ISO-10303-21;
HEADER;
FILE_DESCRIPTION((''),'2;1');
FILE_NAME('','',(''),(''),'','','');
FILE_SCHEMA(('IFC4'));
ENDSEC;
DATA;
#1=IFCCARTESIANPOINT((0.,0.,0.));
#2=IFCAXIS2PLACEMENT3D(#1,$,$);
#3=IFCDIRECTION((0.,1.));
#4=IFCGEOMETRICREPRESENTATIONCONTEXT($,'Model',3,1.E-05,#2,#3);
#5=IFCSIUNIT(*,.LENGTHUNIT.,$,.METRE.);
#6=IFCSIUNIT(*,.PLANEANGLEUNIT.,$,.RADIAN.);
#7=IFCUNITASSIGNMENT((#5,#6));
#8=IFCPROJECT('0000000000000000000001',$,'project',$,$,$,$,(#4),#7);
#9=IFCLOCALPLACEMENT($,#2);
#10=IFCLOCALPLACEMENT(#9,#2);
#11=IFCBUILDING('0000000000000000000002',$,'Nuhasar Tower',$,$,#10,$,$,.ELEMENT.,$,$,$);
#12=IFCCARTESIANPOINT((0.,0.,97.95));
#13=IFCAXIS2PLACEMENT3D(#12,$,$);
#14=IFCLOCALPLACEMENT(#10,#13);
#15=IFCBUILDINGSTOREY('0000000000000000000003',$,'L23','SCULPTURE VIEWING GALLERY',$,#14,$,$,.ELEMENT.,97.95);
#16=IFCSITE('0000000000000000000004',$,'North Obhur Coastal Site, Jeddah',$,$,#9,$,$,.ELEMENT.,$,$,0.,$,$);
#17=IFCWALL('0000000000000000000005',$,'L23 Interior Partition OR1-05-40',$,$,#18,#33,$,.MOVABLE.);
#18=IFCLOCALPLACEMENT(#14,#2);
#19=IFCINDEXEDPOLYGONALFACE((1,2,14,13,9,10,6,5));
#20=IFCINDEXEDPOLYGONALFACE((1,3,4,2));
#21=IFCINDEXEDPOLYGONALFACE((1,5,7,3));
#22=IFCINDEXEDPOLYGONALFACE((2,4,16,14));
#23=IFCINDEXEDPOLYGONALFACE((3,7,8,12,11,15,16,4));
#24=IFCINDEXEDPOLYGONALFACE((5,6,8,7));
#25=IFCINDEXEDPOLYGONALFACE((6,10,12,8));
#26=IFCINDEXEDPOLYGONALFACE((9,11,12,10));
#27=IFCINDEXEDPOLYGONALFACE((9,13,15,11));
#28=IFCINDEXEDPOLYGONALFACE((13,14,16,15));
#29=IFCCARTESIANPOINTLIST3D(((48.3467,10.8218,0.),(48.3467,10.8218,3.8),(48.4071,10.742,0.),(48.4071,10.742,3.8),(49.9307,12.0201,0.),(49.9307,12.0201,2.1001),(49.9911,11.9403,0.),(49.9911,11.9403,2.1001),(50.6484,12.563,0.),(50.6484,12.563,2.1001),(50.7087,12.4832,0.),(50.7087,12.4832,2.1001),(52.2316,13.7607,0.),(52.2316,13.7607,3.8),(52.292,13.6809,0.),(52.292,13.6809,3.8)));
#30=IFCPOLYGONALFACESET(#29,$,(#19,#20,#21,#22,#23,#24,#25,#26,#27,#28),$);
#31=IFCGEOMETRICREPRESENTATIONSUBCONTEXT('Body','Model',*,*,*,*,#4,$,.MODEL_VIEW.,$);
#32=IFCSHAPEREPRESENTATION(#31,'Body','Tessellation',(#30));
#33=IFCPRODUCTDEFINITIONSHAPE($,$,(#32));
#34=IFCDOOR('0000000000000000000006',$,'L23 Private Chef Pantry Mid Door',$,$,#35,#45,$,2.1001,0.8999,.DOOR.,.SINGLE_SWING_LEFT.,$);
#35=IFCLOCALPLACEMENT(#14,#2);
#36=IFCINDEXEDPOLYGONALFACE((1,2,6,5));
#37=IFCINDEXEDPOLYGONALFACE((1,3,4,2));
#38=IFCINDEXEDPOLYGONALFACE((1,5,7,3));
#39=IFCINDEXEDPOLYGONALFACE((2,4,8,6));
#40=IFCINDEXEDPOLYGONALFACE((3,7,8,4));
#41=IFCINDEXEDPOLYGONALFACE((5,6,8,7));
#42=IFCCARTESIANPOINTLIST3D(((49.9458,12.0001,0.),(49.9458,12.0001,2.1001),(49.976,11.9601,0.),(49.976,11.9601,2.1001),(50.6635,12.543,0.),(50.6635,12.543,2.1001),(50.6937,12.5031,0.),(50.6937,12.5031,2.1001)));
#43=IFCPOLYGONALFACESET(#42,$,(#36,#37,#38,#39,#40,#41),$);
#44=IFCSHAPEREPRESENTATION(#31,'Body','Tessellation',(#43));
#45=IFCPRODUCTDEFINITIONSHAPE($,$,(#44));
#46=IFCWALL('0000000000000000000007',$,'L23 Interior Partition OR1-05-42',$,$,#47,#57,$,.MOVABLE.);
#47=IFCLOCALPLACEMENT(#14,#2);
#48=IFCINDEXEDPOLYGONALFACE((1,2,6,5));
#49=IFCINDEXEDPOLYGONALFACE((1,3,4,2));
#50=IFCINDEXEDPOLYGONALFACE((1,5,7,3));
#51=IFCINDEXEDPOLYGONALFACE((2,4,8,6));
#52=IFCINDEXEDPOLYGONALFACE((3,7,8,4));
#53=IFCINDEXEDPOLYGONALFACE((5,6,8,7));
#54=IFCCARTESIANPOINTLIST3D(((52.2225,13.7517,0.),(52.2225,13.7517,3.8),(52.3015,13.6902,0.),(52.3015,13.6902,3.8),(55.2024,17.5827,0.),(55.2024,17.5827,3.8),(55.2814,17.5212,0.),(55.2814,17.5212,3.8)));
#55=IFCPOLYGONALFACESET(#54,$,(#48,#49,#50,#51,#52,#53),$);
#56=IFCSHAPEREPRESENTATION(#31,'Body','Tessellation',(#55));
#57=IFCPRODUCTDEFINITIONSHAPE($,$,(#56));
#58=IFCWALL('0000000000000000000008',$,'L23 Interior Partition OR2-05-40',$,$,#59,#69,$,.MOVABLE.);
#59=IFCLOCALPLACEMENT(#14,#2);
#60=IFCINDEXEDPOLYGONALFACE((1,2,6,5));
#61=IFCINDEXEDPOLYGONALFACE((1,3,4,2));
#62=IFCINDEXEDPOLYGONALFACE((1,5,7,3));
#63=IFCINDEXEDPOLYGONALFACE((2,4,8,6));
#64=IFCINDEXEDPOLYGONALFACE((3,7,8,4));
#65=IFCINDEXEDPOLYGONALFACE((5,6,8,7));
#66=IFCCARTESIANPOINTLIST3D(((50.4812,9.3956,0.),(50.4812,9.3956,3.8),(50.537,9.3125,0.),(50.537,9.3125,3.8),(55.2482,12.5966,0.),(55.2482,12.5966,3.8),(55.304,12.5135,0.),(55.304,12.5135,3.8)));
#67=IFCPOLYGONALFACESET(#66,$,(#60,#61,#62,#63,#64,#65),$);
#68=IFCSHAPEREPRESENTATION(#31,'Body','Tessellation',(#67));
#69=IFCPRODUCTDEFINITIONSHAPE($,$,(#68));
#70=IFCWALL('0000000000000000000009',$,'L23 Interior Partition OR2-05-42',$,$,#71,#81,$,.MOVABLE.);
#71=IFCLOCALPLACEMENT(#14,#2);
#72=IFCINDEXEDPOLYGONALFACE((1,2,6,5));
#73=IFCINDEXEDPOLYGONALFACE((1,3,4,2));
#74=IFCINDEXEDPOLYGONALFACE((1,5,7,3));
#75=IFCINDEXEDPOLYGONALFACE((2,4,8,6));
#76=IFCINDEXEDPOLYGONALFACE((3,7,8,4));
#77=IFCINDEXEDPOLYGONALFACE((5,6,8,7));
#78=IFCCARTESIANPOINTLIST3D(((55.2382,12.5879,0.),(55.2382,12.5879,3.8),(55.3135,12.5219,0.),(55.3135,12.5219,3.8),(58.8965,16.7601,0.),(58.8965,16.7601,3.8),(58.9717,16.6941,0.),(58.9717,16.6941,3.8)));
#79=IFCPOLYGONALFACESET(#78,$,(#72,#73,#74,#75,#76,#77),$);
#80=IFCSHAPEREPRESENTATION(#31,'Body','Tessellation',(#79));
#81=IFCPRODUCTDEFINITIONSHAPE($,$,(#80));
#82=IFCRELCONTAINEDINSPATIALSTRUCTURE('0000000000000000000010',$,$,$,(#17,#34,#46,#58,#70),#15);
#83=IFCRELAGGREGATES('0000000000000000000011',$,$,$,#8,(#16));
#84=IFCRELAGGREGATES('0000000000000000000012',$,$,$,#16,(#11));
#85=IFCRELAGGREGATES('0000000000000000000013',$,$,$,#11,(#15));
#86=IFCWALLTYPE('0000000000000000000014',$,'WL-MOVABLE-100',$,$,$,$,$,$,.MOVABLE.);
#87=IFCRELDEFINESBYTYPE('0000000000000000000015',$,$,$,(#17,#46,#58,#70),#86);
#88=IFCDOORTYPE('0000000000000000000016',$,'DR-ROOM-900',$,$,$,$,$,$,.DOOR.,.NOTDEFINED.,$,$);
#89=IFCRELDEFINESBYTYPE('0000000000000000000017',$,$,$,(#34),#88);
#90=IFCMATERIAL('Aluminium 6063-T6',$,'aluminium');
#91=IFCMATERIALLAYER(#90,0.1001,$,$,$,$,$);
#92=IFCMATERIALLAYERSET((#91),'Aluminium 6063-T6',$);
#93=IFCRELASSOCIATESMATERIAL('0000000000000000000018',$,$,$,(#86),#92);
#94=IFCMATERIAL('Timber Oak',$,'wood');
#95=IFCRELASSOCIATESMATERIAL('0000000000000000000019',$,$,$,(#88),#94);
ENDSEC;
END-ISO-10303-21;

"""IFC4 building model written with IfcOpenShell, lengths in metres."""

from ifc_helpers import new_model, si_unit, direction, frame, frame_2d, origin, place, context, subcontext, project, spatial, rectangle, extrude, material, layer, layer_set, type_object, element, fill, save


model = new_model("IFC4")

# Units and contexts
model_context = context("Model", 3, precision=1e-05, world=origin(), true_north=direction((0.0, 1.0)))
body_context = subcontext(model_context, "Body", "Model", "MODEL_VIEW")
ifc_project = project(units=[si_unit("LENGTHUNIT", "METRE"), si_unit("PLANEANGLEUNIT", "RADIAN")], contexts=[model_context])

# Site, building, storey
site_placement = place(None, origin())
site = spatial("IfcSite", under=ifc_project, at=site_placement, Name="North Obhur Coastal Site, Jeddah", CompositionType="ELEMENT", RefElevation=0.0)
building_placement = place(site_placement, origin())
building = spatial("IfcBuilding", under=site, at=building_placement, Name="Nuhasar Tower", CompositionType="ELEMENT")
storey_placement = place(building_placement, frame((0.0, 0.0, 97.95)))
storey = spatial("IfcBuildingStorey", under=building, at=storey_placement, Name="L23", Description="SCULPTURE VIEWING GALLERY", CompositionType="ELEMENT", Elevation=97.95)

# Shared definitions
ifc_material_1 = material(Name="Aluminium 6063-T6", Category="aluminium")

# Wall, opening, door
ifc_layer_1 = layer(ifc_material_1, 0.1001)
ifc_layer_set_1 = layer_set([ifc_layer_1], Name="Aluminium 6063-T6")
wall_type_1 = type_object("IfcWallType", Name="WL-MOVABLE-100", PredefinedType="MOVABLE", material=ifc_layer_set_1)
wall_1_placement = place(storey_placement, frame((48.377, 10.782, 0.0), z_axis=(0.0, 0.0, 1.0), x_axis=(0.797509, 0.603307, 0.0)))
wall_1 = element("IfcWall", 1, at=wall_1_placement, inside=storey, type_object=wall_type_1, Name="L23 Interior Partition OR1-05-40", PredefinedType="MOVABLE", context=body_context, shape_type="SweptSolid", body=[
    extrude(rectangle(XDim=4.8713, YDim=0.1001, at=frame_2d((2.4355, 0.0))), origin(), (0.0, 0.0, 1.0), 3.8),
])
opening_placement = place(wall_1_placement, frame((1.9861, 0.0, 0.0)))
opening = element("IfcOpeningElement", 2, at=opening_placement, cuts=wall_1, PredefinedType="OPENING", context=body_context, shape_type="SweptSolid", body=[
    extrude(rectangle(XDim=0.8999, YDim=2.1001, at=frame_2d((0.45, 1.05))), frame((0.0, 0.0601, 0.0), z_axis=(0.0, -1.0, 0.0), x_axis=(1.0, 0.0, 0.0)), (0.0, 0.0, 1.0), 0.1201),
])
ifc_material_2 = material(Name="Timber Oak", Category="wood")
door_type = type_object("IfcDoorType", Name="DR-ROOM-900", OperationType="NOTDEFINED", PredefinedType="DOOR", material=ifc_material_2)
door_placement = place(opening_placement, origin())
door = element("IfcDoor", 3, at=door_placement, inside=storey, type_object=door_type, Name="L23 Private Chef Pantry Mid Door", OperationType="SINGLE_SWING_LEFT", OverallHeight=2.1001, OverallWidth=0.8999, PredefinedType="DOOR", context=body_context, shape_type="SweptSolid", body=[
    extrude(rectangle(XDim=0.8999, YDim=2.1001, at=frame_2d((0.45, 1.05))), frame((0.0, 0.0249, 0.0), z_axis=(0.0, -1.0, 0.0), x_axis=(1.0, 0.0, 0.0)), (0.0, 0.0, 1.0), 0.05),
])
fill(opening, door)

# Walls
wall_2_placement = place(storey_placement, frame((52.262, 13.7209, 0.0), z_axis=(0.0, 0.0, 1.0), x_axis=(0.613975, 0.789325, 0.0)))
element("IfcWall", 4, at=wall_2_placement, inside=storey, type_object=wall_type_1, Name="L23 Interior Partition OR1-05-42", PredefinedType="MOVABLE", context=body_context, shape_type="SweptSolid", body=[
    extrude(rectangle(XDim=4.8535, YDim=0.1001, at=frame_2d((2.4268, 0.0))), origin(), (0.0, 0.0, 1.0), 3.8),
])
wall_3_placement = place(storey_placement, frame((50.509, 9.354, 0.0), z_axis=(0.0, 0.0, 1.0), x_axis=(0.830194, 0.557474, 0.0)))
element("IfcWall", 5, at=wall_3_placement, inside=storey, type_object=wall_type_1, Name="L23 Interior Partition OR2-05-40", PredefinedType="MOVABLE", context=body_context, shape_type="SweptSolid", body=[
    extrude(rectangle(XDim=5.7419, YDim=0.1001, at=frame_2d((2.8711, 0.0))), origin(), (0.0, 0.0, 1.0), 3.8),
])
wall_4_placement = place(storey_placement, frame((55.2759, 12.5549, 0.0), z_axis=(0.0, 0.0, 1.0), x_axis=(0.65928, 0.751898, 0.0)))
element("IfcWall", 6, at=wall_4_placement, inside=storey, type_object=wall_type_1, Name="L23 Interior Partition OR2-05-42", PredefinedType="MOVABLE", context=body_context, shape_type="SweptSolid", body=[
    extrude(rectangle(XDim=5.5488, YDim=0.1001, at=frame_2d((2.7744, 0.0))), origin(), (0.0, 0.0, 1.0), 3.8),
])

save(model, "model.ifc")
